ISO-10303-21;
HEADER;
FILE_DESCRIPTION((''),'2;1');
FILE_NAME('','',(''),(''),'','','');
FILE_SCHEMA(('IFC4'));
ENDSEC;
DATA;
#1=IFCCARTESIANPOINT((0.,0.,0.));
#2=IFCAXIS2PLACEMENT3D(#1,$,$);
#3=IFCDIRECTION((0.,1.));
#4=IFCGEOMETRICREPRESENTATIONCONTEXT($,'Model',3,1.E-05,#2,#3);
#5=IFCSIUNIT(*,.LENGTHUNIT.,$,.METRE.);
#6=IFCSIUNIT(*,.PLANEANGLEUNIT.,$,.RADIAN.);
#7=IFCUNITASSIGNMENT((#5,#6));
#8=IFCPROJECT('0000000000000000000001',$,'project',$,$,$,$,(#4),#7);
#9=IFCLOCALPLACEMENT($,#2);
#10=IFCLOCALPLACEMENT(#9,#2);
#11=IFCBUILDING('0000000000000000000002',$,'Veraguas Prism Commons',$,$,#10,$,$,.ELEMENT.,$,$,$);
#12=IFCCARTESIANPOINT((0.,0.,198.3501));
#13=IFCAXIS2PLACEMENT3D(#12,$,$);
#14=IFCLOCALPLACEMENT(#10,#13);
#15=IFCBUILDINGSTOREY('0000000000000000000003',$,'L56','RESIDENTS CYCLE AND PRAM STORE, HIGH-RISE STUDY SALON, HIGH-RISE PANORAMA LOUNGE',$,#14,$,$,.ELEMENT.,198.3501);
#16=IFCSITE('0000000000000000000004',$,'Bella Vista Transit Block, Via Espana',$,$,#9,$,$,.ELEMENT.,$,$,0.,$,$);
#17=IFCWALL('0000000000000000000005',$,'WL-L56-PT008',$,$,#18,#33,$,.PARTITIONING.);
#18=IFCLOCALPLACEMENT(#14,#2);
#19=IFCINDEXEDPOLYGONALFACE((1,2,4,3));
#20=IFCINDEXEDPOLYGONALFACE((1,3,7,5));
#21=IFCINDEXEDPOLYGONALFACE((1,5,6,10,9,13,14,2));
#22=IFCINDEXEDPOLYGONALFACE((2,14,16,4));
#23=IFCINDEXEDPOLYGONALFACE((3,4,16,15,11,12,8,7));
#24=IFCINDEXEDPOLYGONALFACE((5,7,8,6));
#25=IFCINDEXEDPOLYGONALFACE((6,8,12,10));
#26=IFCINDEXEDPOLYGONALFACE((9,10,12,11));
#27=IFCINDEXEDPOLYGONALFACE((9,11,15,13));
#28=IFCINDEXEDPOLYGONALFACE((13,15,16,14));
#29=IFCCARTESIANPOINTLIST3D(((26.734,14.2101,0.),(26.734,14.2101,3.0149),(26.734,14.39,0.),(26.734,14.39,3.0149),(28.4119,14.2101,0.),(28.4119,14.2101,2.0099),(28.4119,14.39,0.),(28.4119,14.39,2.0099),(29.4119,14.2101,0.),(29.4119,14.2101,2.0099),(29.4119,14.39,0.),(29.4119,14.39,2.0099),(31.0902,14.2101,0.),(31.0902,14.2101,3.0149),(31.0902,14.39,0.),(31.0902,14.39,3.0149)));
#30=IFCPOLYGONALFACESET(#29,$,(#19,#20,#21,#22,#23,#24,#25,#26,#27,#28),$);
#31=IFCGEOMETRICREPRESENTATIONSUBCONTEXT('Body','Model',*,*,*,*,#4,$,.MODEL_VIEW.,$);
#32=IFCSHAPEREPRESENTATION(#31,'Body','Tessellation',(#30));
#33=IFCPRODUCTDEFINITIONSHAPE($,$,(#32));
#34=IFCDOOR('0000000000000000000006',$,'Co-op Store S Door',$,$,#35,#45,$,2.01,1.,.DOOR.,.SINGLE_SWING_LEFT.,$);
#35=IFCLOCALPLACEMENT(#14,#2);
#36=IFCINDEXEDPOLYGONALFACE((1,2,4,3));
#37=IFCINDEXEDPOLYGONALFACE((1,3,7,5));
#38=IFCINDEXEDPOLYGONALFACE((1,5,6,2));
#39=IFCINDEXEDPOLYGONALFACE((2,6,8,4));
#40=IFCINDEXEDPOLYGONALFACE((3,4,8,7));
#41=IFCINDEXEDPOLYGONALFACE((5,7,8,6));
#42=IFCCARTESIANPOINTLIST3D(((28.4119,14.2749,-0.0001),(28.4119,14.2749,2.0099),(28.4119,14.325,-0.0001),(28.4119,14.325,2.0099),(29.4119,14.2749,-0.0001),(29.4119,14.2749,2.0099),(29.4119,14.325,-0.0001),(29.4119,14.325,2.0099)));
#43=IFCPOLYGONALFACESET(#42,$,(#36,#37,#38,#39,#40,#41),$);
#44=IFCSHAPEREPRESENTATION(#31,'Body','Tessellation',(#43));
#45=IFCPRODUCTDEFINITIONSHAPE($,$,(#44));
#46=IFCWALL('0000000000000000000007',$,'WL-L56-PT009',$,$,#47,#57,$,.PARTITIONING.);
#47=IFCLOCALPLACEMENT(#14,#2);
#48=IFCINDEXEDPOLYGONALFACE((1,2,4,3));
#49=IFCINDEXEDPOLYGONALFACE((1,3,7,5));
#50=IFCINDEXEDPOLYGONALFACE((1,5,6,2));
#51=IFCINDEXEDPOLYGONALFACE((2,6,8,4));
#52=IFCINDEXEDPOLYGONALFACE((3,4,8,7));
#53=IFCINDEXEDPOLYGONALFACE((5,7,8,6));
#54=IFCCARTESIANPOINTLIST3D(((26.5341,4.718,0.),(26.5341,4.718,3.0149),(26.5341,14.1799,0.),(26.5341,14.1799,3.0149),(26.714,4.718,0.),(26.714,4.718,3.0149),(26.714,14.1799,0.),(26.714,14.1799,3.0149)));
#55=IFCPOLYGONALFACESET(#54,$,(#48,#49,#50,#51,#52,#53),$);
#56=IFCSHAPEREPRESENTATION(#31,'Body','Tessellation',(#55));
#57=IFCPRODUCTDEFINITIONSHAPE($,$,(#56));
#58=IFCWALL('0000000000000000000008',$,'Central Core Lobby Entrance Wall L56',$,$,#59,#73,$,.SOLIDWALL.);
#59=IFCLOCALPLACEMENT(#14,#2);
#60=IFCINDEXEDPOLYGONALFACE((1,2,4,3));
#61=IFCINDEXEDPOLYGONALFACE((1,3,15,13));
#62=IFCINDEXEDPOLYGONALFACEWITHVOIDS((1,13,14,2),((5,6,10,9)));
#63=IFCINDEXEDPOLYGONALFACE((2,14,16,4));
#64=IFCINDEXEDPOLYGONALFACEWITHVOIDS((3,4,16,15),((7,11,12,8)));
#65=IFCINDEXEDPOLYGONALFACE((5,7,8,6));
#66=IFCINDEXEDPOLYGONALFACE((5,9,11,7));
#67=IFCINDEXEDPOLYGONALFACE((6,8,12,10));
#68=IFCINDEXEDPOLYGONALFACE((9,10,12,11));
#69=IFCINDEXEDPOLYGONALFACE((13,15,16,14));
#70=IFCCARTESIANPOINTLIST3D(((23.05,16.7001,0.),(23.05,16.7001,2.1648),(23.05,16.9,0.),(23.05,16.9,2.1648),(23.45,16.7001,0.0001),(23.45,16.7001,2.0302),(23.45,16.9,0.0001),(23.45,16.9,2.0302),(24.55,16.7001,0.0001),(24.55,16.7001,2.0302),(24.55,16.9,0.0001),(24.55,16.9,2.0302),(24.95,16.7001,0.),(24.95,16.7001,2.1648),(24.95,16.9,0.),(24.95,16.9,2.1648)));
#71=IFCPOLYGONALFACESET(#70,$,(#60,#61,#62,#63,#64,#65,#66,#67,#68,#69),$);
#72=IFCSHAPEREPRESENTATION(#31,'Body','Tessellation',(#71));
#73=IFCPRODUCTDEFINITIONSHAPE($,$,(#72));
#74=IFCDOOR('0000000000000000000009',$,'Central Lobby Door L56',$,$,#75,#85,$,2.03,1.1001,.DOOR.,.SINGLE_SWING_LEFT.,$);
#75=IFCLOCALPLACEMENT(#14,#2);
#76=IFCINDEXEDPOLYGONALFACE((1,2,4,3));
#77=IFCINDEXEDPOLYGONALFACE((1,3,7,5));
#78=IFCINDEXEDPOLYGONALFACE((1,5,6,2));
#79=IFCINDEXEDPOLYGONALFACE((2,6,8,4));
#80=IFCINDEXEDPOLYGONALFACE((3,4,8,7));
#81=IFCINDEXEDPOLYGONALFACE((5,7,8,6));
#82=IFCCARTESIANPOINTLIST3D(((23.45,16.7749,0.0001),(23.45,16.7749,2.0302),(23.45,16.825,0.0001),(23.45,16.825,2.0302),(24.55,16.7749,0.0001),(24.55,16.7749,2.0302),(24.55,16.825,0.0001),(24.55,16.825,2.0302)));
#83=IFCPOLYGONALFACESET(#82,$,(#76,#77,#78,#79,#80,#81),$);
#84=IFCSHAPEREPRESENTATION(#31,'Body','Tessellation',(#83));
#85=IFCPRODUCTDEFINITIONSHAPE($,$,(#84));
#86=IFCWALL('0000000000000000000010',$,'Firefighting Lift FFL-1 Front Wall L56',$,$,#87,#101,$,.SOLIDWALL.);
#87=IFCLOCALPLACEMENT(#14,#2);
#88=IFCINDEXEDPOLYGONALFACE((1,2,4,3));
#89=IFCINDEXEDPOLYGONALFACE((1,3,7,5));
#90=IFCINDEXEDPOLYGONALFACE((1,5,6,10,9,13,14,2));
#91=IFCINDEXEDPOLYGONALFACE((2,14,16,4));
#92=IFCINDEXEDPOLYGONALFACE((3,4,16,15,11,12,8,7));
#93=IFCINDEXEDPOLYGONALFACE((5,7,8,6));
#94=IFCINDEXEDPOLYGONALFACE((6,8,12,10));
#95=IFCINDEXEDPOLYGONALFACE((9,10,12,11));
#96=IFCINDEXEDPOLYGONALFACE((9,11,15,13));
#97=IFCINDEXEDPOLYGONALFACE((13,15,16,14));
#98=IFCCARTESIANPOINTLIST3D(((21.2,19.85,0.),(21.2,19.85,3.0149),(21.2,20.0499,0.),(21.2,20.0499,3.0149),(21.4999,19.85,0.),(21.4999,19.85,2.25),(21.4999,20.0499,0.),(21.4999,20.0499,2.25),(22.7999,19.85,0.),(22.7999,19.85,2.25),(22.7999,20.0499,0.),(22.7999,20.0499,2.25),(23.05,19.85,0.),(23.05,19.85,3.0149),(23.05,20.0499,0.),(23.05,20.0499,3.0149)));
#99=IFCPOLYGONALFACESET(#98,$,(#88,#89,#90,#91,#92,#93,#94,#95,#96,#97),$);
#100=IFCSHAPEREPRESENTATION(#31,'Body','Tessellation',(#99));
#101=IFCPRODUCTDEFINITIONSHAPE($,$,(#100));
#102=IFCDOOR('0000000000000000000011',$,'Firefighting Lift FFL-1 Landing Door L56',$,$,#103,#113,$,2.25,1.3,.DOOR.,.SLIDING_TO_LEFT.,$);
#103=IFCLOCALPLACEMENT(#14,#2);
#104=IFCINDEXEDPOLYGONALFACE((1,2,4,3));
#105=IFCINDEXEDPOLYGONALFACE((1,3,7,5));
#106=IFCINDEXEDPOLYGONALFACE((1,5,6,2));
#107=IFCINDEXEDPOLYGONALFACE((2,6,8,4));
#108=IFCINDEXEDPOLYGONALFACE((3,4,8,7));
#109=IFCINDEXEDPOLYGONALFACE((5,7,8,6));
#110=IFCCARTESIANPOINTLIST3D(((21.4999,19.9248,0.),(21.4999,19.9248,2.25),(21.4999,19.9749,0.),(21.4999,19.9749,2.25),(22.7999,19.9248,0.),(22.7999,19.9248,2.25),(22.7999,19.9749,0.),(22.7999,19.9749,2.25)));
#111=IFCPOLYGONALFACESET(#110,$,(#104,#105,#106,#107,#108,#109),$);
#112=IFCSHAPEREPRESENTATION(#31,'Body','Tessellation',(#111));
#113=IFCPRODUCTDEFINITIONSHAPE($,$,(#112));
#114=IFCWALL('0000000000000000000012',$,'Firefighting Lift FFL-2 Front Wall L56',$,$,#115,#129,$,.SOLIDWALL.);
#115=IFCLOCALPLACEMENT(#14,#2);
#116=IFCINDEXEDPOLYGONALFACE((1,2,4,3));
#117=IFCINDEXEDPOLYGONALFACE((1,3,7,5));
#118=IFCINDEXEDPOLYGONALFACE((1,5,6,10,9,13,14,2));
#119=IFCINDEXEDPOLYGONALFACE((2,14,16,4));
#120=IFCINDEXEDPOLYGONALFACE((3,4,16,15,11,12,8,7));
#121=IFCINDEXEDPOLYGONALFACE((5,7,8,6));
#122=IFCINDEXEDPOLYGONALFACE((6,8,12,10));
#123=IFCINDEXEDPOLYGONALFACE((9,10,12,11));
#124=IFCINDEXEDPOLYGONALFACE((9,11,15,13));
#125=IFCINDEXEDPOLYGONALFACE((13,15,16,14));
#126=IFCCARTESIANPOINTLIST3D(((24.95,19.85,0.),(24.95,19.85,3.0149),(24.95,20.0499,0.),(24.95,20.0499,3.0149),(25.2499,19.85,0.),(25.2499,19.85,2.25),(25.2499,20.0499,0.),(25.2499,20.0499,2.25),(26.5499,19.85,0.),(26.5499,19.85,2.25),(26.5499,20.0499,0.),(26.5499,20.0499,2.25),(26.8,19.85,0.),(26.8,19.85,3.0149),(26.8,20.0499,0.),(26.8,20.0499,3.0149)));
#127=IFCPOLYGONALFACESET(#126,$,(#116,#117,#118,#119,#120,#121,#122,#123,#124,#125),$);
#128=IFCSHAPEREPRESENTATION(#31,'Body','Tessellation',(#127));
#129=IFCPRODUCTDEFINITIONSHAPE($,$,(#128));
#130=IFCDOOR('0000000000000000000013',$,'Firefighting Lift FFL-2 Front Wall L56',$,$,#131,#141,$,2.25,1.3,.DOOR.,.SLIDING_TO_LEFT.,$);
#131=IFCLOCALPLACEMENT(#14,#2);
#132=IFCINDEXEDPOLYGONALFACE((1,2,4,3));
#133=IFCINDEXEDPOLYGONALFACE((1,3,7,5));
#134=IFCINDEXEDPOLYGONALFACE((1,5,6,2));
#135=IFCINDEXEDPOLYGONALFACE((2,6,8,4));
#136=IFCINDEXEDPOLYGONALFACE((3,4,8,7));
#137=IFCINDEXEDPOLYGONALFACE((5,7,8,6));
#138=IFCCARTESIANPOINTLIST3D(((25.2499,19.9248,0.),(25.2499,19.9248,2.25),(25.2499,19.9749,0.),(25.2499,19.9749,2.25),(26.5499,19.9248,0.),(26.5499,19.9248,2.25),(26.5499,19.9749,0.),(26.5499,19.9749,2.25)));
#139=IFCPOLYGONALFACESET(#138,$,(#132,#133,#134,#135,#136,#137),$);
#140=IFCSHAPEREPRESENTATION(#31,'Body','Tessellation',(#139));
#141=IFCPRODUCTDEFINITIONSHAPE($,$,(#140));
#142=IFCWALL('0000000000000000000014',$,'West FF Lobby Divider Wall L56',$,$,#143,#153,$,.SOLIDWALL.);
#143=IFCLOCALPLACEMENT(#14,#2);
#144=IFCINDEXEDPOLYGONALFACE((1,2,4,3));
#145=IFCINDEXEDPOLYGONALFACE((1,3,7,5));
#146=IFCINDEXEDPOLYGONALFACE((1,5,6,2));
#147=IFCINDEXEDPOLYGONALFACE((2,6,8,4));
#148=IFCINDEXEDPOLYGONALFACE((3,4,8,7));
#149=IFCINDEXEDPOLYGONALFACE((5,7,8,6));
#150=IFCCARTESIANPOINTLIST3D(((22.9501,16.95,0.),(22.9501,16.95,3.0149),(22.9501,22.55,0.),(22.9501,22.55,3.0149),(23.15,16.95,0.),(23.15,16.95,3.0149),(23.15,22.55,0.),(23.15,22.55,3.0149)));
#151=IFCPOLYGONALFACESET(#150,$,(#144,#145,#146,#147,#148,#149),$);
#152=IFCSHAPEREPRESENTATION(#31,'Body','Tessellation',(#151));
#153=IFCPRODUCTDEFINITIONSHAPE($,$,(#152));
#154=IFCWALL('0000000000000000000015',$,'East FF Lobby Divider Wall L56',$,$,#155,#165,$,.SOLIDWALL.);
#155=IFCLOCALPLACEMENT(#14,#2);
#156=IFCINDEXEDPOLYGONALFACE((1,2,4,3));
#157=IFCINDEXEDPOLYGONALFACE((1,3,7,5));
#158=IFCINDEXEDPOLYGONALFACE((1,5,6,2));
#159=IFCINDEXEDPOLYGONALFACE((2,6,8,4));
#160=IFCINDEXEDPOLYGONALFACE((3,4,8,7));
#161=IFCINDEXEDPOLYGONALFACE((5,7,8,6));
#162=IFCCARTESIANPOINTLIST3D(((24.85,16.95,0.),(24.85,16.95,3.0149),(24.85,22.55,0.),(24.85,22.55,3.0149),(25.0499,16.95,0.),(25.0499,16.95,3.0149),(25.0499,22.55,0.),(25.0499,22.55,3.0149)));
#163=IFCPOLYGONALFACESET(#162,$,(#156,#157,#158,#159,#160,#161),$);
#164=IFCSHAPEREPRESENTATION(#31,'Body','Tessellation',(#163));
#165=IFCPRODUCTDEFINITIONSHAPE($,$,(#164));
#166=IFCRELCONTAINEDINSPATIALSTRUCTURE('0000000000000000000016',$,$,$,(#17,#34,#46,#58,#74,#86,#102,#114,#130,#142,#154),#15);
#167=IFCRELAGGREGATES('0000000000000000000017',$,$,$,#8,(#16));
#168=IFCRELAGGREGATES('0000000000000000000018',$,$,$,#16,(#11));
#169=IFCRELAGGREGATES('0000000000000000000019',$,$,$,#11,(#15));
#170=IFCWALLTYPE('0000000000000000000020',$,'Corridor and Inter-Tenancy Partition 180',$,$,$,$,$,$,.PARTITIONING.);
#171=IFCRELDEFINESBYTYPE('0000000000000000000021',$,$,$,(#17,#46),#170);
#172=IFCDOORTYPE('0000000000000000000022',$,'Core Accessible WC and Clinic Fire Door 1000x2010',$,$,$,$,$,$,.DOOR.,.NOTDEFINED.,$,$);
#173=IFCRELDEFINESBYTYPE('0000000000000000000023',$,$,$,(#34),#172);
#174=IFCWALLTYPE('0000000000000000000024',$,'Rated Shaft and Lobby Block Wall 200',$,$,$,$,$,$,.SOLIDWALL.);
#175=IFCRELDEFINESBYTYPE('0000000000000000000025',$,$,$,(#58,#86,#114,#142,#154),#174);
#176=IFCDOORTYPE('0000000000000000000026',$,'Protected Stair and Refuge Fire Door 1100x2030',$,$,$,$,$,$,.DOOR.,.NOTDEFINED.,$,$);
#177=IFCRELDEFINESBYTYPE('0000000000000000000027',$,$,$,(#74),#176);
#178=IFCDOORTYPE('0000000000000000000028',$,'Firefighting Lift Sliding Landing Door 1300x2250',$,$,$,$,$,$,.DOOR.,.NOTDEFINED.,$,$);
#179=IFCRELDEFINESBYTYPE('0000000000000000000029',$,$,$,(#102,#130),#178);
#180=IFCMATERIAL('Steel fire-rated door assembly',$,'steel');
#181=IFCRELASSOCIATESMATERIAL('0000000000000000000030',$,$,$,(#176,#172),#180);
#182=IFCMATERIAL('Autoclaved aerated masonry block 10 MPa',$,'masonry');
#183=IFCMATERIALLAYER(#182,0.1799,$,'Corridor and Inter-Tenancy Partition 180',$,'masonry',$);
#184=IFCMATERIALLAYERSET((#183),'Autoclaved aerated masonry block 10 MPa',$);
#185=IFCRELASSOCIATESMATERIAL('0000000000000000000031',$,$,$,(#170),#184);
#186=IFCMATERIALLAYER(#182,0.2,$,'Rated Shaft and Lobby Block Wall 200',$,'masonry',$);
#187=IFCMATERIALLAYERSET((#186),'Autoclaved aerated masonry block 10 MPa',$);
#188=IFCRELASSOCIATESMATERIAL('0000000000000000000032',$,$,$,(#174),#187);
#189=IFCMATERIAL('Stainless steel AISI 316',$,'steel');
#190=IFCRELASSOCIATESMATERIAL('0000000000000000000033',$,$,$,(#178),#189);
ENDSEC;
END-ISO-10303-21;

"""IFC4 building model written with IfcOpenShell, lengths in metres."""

from ifc_helpers import new_model, si_unit, direction, frame, frame_2d, origin, place, context, subcontext, project, spatial, rectangle, extrude, source, transform, mapped, material, layer, layer_set, type_object, element, fill, save


model = new_model("IFC4")

# Units and contexts
model_context = context("Model", 3, precision=1e-05, world=origin(), true_north=direction((0.0, 1.0)))
body_context = subcontext(model_context, "Body", "Model", "MODEL_VIEW")
ifc_project = project(units=[si_unit("LENGTHUNIT", "METRE"), si_unit("PLANEANGLEUNIT", "RADIAN")], contexts=[model_context])

# Site, building, storey
site_placement = place(None, origin())
site = spatial("IfcSite", under=ifc_project, at=site_placement, Name="Bella Vista Transit Block, Via Espana", CompositionType="ELEMENT", RefElevation=0.0)
building_placement = place(site_placement, origin())
building = spatial("IfcBuilding", under=site, at=building_placement, Name="Veraguas Prism Commons", CompositionType="ELEMENT")
storey_placement = place(building_placement, frame((0.0, 0.0, 198.3501)))
storey = spatial("IfcBuildingStorey", under=building, at=storey_placement, Name="L56", Description="RESIDENTS CYCLE AND PRAM STORE, HIGH-RISE STUDY SALON, HIGH-RISE PANORAMA LOUNGE", CompositionType="ELEMENT", Elevation=198.3501)

# Shared definitions
ifc_material_1 = material(Name="Steel fire-rated door assembly", Category="steel")
door_type_1 = type_object("IfcDoorType", Name="Protected Stair and Refuge Fire Door 1100x2030", OperationType="NOTDEFINED", PredefinedType="DOOR", material=ifc_material_1)
shared_shape_1 = source(origin(), body_context, "Body", "SweptSolid", [
    extrude(rectangle(XDim=1.1001, YDim=2.03, at=frame_2d((0.55, 1.0151))), frame((0.0, 0.0249, 0.0), z_axis=(0.0, -1.0, 0.0), x_axis=(1.0, 0.0, 0.0)), (0.0, 0.0, 1.0), 0.05),
])

# Shared definitions
ifc_material_2 = material(Name="Autoclaved aerated masonry block 10 MPa", Category="masonry")
ifc_layer_1 = layer(ifc_material_2, 0.1799, Name="Corridor and Inter-Tenancy Partition 180", Category="masonry")
ifc_layer_set_1 = layer_set([ifc_layer_1], Name="Autoclaved aerated masonry block 10 MPa")
wall_type_1 = type_object("IfcWallType", Name="Corridor and Inter-Tenancy Partition 180", PredefinedType="PARTITIONING", material=ifc_layer_set_1)

# Wall, opening, door
door_type_2 = type_object("IfcDoorType", Name="Core Accessible WC and Clinic Fire Door 1000x2010", OperationType="NOTDEFINED", PredefinedType="DOOR", material=ifc_material_1)
shared_shape_2 = source(origin(), body_context, "Body", "SweptSolid", [
    extrude(rectangle(XDim=1.0, YDim=2.01, at=frame_2d((0.5, 1.0049))), frame((0.0, 0.0249, 0.0), z_axis=(0.0, -1.0, 0.0), x_axis=(1.0, 0.0, 0.0)), (0.0, 0.0, 1.0), 0.05),
])
wall_1_placement = place(storey_placement, frame((26.7339, 14.3, 0.0), z_axis=(0.0, 0.0, 1.0), x_axis=(1.0, 0.0, 0.0)))
wall_1 = element("IfcWall", 1, at=wall_1_placement, inside=storey, type_object=wall_type_1, Name="WL-L56-PT008", PredefinedType="PARTITIONING", context=body_context, shape_type="SweptSolid", body=[
    extrude(rectangle(XDim=4.3562, YDim=0.1799, at=frame_2d((2.1782, 0.0))), origin(), (0.0, 0.0, 1.0), 3.0149),
])
opening_1_placement = place(wall_1_placement, frame((1.678, 0.0, 0.0)))
opening_1 = element("IfcOpeningElement", 2, at=opening_1_placement, cuts=wall_1, PredefinedType="OPENING", context=body_context, shape_type="SweptSolid", body=[
    extrude(rectangle(XDim=1.0, YDim=2.01, at=frame_2d((0.5, 1.0049))), frame((0.0, 0.0999, 0.0), z_axis=(0.0, -1.0, 0.0), x_axis=(1.0, 0.0, 0.0)), (0.0, 0.0, 1.0), 0.2),
])
door_1_placement = place(opening_1_placement, origin())
door_1 = element("IfcDoor", 3, at=door_1_placement, inside=storey, type_object=door_type_2, Name="Co-op Store S Door", OperationType="SINGLE_SWING_LEFT", OverallHeight=2.01, OverallWidth=1.0, PredefinedType="DOOR", context=body_context, shape_type="MappedRepresentation", body=[
    mapped(shared_shape_2, transform((0.0, 0.0, 0.0), scale=1.0)),
])
fill(opening_1, door_1)

# Wall
wall_2_placement = place(storey_placement, frame((26.624, 14.1799, 0.0), z_axis=(0.0, 0.0, 1.0), x_axis=(0.0, -1.0, 0.0)))
element("IfcWall", 4, at=wall_2_placement, inside=storey, type_object=wall_type_1, Name="WL-L56-PT009", PredefinedType="PARTITIONING", context=body_context, shape_type="SweptSolid", body=[
    extrude(rectangle(XDim=9.4619, YDim=0.1799, at=frame_2d((4.731, 0.0))), origin(), (0.0, 0.0, 1.0), 3.0149),
])

# Walls, openings, doors
ifc_layer_2 = layer(ifc_material_2, 0.2, Name="Rated Shaft and Lobby Block Wall 200", Category="masonry")
ifc_layer_set_2 = layer_set([ifc_layer_2], Name="Autoclaved aerated masonry block 10 MPa")
wall_type_2 = type_object("IfcWallType", Name="Rated Shaft and Lobby Block Wall 200", PredefinedType="SOLIDWALL", material=ifc_layer_set_2)
wall_3_placement = place(storey_placement, frame((23.05, 16.8, 0.0), z_axis=(0.0, 0.0, 1.0), x_axis=(1.0, 0.0, 0.0)))
wall_3 = element("IfcWall", 5, at=wall_3_placement, inside=storey, type_object=wall_type_2, Name="Central Core Lobby Entrance Wall L56", PredefinedType="SOLIDWALL", context=body_context, shape_type="SweptSolid", body=[
    extrude(rectangle(XDim=1.8999, YDim=0.2, at=frame_2d((0.95, 0.0))), origin(), (0.0, 0.0, 1.0), 2.1648),
])
opening_2_placement = place(wall_3_placement, frame((0.3999, 0.0, 0.0)))
opening_2 = element("IfcOpeningElement", 6, at=opening_2_placement, cuts=wall_3, PredefinedType="OPENING", context=body_context, shape_type="SweptSolid", body=[
    extrude(rectangle(XDim=1.1001, YDim=2.03, at=frame_2d((0.55, 1.0151))), frame((0.0, 0.1099, 0.0), z_axis=(0.0, -1.0, 0.0), x_axis=(1.0, 0.0, 0.0)), (0.0, 0.0, 1.0), 0.22),
])
door_2_placement = place(opening_2_placement, origin())
door_2 = element("IfcDoor", 7, at=door_2_placement, inside=storey, type_object=door_type_1, Name="Central Lobby Door L56", OperationType="SINGLE_SWING_LEFT", OverallHeight=2.03, OverallWidth=1.1001, PredefinedType="DOOR", context=body_context, shape_type="MappedRepresentation", body=[
    mapped(shared_shape_1, transform((0.0, 0.0, 0.0), scale=1.0)),
])
fill(opening_2, door_2)
wall_4_placement = place(storey_placement, frame((21.2, 19.95, 0.0), z_axis=(0.0, 0.0, 1.0), x_axis=(1.0, 0.0, 0.0)))
wall_4 = element("IfcWall", 8, at=wall_4_placement, inside=storey, type_object=wall_type_2, Name="Firefighting Lift FFL-1 Front Wall L56", PredefinedType="SOLIDWALL", context=body_context, shape_type="SweptSolid", body=[
    extrude(rectangle(XDim=1.8501, YDim=0.2, at=frame_2d((0.925, 0.0))), origin(), (0.0, 0.0, 1.0), 3.0149),
])
opening_3_placement = place(wall_4_placement, frame((0.3, 0.0, 0.0)))
opening_3 = element("IfcOpeningElement", 9, at=opening_3_placement, cuts=wall_4, PredefinedType="OPENING", context=body_context, shape_type="SweptSolid", body=[
    extrude(rectangle(XDim=1.3, YDim=2.25, at=frame_2d((0.6499, 1.125))), frame((0.0, 0.1099, 0.0), z_axis=(0.0, -1.0, 0.0), x_axis=(1.0, 0.0, 0.0)), (0.0, 0.0, 1.0), 0.22),
])
ifc_material_3 = material(Name="Stainless steel AISI 316", Category="steel")
door_type_3 = type_object("IfcDoorType", Name="Firefighting Lift Sliding Landing Door 1300x2250", OperationType="NOTDEFINED", PredefinedType="DOOR", material=ifc_material_3)
shared_shape_3 = source(origin(), body_context, "Body", "SweptSolid", [
    extrude(rectangle(XDim=1.3, YDim=2.25, at=frame_2d((0.6499, 1.125))), frame((0.0, 0.0249, 0.0), z_axis=(0.0, -1.0, 0.0), x_axis=(1.0, 0.0, 0.0)), (0.0, 0.0, 1.0), 0.05),
])
door_3_placement = place(opening_3_placement, origin())
door_3 = element("IfcDoor", 10, at=door_3_placement, inside=storey, type_object=door_type_3, Name="Firefighting Lift FFL-1 Landing Door L56", OperationType="SLIDING_TO_LEFT", OverallHeight=2.25, OverallWidth=1.3, PredefinedType="DOOR", context=body_context, shape_type="MappedRepresentation", body=[
    mapped(shared_shape_3, transform((0.0, 0.0, 0.0), scale=1.0)),
])
fill(opening_3, door_3)
wall_5_placement = place(storey_placement, frame((24.95, 19.95, 0.0), z_axis=(0.0, 0.0, 1.0), x_axis=(1.0, 0.0, 0.0)))
wall_5 = element("IfcWall", 11, at=wall_5_placement, inside=storey, type_object=wall_type_2, Name="Firefighting Lift FFL-2 Front Wall L56", PredefinedType="SOLIDWALL", context=body_context, shape_type="SweptSolid", body=[
    extrude(rectangle(XDim=1.8501, YDim=0.2, at=frame_2d((0.925, 0.0))), origin(), (0.0, 0.0, 1.0), 3.0149),
])
opening_4_placement = place(wall_5_placement, frame((0.3, 0.0, 0.0)))
opening_4 = element("IfcOpeningElement", 12, at=opening_4_placement, cuts=wall_5, PredefinedType="OPENING", context=body_context, shape_type="SweptSolid", body=[
    extrude(rectangle(XDim=1.3, YDim=2.25, at=frame_2d((0.6499, 1.125))), frame((0.0, 0.1099, 0.0), z_axis=(0.0, -1.0, 0.0), x_axis=(1.0, 0.0, 0.0)), (0.0, 0.0, 1.0), 0.22),
])
door_4_placement = place(opening_4_placement, origin())
door_4 = element("IfcDoor", 13, at=door_4_placement, inside=storey, type_object=door_type_3, Name="Firefighting Lift FFL-2 Front Wall L56", OperationType="SLIDING_TO_LEFT", OverallHeight=2.25, OverallWidth=1.3, PredefinedType="DOOR", context=body_context, shape_type="MappedRepresentation", body=[
    mapped(shared_shape_3, transform((0.0, 0.0, 0.0), scale=1.0)),
])
fill(opening_4, door_4)

# Walls
for number, where, z_axis, x_axis, name in (
    (14, (23.05, 16.95, 0.0), (0.0, 0.0, 1.0), (0.0, 1.0, 0.0), "West FF Lobby Divider Wall L56"),
    (15, (24.95, 16.95, 0.0), (0.0, 0.0, 1.0), (0.0, 1.0, 0.0), "East FF Lobby Divider Wall L56"),
):
    element("IfcWall", number, at=place(storey_placement, frame(where, z_axis=z_axis, x_axis=x_axis)), inside=storey, type_object=wall_type_2, Name=name, PredefinedType="SOLIDWALL", context=body_context, shape_type="SweptSolid", body=[
        extrude(rectangle(XDim=5.6001, YDim=0.2, at=frame_2d((2.8, 0.0))), origin(), (0.0, 0.0, 1.0), 3.0149),
    ])

save(model, "model.ifc")
